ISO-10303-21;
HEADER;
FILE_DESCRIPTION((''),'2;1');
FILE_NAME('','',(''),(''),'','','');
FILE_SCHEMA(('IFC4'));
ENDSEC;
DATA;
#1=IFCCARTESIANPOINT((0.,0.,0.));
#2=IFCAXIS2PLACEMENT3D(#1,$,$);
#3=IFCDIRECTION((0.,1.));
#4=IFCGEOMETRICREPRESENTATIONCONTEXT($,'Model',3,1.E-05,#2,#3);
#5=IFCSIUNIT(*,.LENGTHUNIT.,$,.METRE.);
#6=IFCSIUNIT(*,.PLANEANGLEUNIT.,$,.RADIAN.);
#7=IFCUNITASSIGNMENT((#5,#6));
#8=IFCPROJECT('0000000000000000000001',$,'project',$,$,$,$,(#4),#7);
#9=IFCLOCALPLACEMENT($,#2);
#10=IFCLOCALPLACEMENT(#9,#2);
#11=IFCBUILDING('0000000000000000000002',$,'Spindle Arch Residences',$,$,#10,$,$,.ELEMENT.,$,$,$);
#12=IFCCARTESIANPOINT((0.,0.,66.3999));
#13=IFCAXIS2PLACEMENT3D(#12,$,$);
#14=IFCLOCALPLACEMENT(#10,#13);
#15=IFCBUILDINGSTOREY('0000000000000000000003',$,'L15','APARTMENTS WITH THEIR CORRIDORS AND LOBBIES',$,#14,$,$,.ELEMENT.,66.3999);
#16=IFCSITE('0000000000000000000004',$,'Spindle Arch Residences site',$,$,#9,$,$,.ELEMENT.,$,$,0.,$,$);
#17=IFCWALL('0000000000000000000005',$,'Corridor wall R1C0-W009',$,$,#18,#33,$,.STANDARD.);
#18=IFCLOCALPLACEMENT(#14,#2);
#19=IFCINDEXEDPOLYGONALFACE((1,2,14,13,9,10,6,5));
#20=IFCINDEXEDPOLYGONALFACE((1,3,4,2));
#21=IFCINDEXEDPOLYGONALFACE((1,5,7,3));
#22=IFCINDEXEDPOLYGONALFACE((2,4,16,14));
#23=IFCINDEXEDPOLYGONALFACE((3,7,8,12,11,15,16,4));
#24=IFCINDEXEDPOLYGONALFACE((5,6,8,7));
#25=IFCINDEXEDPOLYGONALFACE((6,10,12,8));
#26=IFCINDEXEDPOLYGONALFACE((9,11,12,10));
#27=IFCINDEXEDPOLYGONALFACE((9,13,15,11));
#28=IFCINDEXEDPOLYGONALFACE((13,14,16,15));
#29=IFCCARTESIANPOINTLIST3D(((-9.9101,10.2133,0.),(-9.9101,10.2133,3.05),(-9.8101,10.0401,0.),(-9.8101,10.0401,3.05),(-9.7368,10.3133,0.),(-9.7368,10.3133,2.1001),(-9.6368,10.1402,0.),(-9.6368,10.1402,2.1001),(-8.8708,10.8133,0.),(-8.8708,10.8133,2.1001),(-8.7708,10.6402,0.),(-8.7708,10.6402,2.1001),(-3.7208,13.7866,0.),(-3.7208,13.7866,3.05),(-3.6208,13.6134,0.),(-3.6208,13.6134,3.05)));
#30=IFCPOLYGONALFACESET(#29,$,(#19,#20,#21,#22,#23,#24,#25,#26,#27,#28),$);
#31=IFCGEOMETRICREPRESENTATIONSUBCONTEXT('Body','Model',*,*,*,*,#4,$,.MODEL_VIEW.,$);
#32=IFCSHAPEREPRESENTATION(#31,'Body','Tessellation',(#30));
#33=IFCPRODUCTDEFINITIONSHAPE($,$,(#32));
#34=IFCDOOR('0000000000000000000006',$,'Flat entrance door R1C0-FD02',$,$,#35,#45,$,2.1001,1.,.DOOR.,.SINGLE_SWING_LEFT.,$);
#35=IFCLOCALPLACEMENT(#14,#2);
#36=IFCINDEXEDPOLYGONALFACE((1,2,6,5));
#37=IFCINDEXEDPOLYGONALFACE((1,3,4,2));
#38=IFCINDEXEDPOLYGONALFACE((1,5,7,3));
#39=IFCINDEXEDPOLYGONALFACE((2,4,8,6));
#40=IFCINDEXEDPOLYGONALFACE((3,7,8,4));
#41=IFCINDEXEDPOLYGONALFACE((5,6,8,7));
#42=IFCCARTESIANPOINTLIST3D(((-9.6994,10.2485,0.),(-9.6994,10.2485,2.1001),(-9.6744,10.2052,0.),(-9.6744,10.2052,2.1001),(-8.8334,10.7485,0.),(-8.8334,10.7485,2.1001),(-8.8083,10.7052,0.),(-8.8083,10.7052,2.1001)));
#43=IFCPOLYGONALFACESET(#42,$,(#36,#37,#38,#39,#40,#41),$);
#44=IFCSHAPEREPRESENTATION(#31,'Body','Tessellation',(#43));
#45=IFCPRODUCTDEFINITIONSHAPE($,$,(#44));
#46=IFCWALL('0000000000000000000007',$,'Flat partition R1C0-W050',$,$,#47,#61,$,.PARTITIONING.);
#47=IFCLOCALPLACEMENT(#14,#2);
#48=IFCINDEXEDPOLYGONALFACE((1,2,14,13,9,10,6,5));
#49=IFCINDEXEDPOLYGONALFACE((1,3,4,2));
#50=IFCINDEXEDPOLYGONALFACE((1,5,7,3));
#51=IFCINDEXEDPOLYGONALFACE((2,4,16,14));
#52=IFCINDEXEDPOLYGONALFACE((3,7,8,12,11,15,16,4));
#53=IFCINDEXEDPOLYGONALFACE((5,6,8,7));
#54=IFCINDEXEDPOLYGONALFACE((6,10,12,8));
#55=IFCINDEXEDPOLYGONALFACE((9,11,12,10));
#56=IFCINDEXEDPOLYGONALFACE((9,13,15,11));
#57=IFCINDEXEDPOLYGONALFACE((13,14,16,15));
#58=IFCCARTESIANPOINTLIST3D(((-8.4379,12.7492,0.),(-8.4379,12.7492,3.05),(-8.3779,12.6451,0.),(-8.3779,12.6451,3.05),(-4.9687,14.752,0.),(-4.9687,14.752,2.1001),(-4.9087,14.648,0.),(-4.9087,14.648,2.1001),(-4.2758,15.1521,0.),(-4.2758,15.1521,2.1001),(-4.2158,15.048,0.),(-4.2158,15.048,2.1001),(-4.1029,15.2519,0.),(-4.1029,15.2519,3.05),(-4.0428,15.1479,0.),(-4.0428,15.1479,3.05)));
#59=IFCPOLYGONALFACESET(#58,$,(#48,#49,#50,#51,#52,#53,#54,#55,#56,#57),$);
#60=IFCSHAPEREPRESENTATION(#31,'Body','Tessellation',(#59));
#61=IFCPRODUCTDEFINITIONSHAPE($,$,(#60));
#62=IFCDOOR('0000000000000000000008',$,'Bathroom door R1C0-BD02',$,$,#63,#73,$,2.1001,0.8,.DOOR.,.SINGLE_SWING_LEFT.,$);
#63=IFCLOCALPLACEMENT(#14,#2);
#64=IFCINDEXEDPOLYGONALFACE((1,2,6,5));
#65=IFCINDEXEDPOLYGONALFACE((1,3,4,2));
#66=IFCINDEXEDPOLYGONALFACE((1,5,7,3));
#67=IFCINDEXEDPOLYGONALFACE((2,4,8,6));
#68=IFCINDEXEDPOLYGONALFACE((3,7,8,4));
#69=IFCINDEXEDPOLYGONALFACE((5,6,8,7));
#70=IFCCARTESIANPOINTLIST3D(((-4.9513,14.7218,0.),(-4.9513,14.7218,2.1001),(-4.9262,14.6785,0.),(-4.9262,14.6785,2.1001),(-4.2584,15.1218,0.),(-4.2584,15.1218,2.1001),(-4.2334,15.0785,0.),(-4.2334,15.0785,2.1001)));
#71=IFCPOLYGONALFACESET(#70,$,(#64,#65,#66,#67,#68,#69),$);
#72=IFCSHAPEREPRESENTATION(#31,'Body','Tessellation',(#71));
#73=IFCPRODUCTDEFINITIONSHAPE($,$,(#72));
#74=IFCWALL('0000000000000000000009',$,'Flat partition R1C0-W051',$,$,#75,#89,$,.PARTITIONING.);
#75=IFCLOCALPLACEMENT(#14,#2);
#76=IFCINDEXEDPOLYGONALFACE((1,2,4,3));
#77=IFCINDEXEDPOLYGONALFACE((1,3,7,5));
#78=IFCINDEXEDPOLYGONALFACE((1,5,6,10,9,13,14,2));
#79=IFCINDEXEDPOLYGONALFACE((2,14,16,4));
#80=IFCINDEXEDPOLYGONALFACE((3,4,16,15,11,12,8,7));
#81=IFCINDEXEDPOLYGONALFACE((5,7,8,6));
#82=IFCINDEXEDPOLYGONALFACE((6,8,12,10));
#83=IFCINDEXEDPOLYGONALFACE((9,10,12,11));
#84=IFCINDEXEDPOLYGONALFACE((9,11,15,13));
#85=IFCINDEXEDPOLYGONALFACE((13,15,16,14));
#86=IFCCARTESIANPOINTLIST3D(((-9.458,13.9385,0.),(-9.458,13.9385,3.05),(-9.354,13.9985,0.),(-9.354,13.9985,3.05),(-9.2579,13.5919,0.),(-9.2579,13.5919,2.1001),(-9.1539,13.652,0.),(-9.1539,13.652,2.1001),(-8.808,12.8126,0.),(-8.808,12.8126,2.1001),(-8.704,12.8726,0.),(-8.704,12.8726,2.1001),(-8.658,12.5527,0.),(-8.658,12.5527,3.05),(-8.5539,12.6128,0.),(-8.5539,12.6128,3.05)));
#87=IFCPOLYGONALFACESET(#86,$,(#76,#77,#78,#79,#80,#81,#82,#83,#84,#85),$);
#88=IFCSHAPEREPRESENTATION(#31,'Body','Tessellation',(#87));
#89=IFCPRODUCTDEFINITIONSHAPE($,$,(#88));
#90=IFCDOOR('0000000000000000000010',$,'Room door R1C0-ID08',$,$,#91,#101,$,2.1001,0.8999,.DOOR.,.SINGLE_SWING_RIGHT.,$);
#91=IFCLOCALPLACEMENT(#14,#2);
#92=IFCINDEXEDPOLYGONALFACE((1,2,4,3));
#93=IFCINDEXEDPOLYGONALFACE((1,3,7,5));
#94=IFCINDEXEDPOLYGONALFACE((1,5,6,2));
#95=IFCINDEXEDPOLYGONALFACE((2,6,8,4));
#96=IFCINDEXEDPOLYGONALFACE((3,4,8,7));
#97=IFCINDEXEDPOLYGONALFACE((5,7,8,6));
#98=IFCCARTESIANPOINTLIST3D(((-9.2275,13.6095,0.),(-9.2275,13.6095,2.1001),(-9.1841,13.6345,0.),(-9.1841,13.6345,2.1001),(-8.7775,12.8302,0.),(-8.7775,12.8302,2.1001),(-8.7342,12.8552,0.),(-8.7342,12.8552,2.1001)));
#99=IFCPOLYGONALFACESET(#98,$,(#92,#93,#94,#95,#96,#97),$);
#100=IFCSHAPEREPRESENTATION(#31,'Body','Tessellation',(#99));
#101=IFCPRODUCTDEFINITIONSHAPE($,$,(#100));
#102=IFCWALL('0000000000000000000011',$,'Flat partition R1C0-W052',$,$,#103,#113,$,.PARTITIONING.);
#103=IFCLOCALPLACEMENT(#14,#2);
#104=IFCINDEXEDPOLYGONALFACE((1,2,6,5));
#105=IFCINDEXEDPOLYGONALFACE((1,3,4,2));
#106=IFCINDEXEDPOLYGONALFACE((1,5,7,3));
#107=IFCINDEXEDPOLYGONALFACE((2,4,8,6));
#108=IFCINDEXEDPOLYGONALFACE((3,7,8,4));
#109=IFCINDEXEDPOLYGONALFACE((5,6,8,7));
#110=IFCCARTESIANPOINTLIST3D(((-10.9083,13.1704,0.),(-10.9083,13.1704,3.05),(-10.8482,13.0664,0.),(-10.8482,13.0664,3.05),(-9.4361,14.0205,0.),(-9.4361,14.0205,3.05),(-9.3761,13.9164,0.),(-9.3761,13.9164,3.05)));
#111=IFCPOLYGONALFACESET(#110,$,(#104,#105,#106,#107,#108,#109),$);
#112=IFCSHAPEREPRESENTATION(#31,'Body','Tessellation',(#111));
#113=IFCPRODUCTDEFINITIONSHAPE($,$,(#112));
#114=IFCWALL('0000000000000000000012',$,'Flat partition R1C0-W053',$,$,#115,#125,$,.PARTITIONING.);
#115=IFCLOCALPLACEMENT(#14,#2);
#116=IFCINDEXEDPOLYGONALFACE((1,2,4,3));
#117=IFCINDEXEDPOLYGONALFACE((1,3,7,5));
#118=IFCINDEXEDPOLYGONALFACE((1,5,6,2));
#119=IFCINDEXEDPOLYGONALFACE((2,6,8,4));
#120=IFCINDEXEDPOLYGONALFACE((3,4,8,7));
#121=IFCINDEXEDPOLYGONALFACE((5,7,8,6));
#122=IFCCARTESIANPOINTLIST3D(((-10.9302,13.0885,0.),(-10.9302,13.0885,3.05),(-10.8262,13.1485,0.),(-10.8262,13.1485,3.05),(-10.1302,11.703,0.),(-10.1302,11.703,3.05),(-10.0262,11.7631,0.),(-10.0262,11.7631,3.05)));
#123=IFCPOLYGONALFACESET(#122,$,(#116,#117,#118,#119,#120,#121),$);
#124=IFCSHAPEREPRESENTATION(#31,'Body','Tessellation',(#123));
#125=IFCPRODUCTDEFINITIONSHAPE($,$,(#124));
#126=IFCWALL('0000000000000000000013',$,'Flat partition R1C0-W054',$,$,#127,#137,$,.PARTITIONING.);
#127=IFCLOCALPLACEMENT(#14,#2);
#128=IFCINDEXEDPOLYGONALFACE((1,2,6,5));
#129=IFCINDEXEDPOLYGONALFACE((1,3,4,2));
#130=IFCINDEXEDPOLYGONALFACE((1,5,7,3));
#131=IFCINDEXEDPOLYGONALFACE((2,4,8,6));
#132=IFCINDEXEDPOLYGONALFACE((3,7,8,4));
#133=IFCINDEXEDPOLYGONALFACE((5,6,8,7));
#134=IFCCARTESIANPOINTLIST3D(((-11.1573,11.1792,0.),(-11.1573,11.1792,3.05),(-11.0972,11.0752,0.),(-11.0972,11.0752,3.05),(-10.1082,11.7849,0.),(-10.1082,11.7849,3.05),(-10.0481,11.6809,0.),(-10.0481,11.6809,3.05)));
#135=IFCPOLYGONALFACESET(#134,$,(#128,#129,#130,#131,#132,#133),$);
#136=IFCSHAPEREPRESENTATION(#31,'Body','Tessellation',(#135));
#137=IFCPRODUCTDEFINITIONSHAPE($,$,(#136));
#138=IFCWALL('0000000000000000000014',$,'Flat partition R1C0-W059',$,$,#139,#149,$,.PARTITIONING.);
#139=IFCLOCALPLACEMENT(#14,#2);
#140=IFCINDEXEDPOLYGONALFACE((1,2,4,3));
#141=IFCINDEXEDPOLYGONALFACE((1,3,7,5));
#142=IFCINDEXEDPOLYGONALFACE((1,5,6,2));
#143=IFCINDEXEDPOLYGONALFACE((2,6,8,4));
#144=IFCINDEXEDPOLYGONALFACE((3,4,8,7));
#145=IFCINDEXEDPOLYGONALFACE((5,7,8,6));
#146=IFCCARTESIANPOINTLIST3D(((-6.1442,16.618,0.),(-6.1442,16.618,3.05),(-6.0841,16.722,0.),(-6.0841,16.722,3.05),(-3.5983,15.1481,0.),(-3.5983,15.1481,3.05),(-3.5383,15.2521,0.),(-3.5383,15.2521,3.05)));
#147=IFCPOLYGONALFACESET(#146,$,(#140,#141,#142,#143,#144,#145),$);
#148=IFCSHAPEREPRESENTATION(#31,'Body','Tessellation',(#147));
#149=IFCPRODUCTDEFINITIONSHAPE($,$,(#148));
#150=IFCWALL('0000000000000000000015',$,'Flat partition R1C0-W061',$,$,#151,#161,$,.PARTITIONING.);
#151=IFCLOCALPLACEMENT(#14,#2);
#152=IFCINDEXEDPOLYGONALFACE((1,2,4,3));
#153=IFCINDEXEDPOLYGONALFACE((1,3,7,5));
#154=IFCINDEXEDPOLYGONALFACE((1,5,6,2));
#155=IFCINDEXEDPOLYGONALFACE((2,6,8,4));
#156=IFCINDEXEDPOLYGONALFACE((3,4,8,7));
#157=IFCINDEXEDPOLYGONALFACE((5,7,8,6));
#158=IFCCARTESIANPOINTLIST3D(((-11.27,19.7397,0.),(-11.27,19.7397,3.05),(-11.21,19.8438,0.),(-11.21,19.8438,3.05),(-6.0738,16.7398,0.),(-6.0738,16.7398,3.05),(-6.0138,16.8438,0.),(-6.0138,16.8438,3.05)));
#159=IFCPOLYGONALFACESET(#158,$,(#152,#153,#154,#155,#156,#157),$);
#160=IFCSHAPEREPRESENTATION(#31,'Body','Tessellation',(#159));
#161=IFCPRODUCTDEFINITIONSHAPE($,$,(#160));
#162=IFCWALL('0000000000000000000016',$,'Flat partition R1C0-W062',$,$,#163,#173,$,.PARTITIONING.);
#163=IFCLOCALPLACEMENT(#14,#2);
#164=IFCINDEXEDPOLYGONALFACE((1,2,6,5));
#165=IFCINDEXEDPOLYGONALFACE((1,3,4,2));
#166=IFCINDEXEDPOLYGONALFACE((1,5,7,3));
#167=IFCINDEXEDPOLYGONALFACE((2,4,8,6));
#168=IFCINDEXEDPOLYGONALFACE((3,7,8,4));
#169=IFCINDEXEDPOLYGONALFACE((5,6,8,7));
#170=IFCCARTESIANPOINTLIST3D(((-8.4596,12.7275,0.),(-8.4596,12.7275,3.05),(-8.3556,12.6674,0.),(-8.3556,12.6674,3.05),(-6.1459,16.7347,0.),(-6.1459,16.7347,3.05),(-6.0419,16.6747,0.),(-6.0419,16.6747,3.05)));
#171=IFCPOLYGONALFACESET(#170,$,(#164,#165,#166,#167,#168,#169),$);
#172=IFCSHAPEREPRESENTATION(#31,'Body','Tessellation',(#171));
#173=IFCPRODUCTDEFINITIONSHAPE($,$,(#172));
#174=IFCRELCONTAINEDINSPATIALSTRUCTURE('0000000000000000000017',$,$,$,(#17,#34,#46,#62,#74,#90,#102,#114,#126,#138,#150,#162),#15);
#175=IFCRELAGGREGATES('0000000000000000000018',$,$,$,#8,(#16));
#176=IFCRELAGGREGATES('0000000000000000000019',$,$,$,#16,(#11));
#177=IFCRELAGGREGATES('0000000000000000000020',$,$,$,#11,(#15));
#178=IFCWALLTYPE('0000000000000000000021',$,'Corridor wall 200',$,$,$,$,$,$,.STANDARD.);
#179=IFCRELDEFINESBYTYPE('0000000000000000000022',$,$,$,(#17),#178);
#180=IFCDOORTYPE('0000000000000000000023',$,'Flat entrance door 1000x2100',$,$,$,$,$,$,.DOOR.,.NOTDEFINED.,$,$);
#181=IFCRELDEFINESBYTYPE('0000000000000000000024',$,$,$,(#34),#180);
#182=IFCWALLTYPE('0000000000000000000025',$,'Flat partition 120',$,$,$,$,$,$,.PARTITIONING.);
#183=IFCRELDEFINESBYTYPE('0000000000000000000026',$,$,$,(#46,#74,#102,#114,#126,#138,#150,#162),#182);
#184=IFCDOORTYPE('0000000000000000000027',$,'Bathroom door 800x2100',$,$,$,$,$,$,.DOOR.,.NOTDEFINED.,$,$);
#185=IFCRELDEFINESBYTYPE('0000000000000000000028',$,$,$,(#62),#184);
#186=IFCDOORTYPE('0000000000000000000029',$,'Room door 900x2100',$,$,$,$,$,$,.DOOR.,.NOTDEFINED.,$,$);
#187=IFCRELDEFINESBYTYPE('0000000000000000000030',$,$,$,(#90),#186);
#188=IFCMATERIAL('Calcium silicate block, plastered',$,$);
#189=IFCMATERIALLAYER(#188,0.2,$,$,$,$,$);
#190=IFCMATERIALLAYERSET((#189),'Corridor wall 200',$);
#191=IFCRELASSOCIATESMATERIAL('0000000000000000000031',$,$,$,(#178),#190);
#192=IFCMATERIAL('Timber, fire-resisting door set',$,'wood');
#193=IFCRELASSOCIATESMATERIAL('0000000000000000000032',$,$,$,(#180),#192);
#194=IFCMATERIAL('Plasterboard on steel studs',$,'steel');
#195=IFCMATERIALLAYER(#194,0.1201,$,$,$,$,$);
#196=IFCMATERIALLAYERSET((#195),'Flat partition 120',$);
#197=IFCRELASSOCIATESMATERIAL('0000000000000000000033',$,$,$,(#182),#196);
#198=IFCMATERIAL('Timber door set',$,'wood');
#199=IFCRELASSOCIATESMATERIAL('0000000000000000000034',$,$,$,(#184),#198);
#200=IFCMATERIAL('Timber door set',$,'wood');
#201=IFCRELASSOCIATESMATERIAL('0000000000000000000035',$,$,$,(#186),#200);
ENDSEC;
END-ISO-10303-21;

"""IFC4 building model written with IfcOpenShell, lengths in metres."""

from ifc_helpers import new_model, si_unit, direction, frame, frame_2d, origin, place, context, subcontext, project, spatial, rectangle, extrude, material, layer, layer_set, type_object, element, fill, save


model = new_model("IFC4")

# Units and contexts
model_context = context("Model", 3, precision=1e-05, world=origin(), true_north=direction((0.0, 1.0)))
body_context = subcontext(model_context, "Body", "Model", "MODEL_VIEW")
ifc_project = project(units=[si_unit("LENGTHUNIT", "METRE"), si_unit("PLANEANGLEUNIT", "RADIAN")], contexts=[model_context])

# Site, building, storey
site_placement = place(None, origin())
site = spatial("IfcSite", under=ifc_project, at=site_placement, Name="Spindle Arch Residences site", CompositionType="ELEMENT", RefElevation=0.0)
building_placement = place(site_placement, origin())
building = spatial("IfcBuilding", under=site, at=building_placement, Name="Spindle Arch Residences", CompositionType="ELEMENT")
storey_placement = place(building_placement, frame((0.0, 0.0, 66.3999)))
storey = spatial("IfcBuildingStorey", under=building, at=storey_placement, Name="L15", Description="APARTMENTS WITH THEIR CORRIDORS AND LOBBIES", CompositionType="ELEMENT", Elevation=66.3999)

# Walls, openings, doors
ifc_material_1 = material(Name="Calcium silicate block, plastered")
ifc_layer_1 = layer(ifc_material_1, 0.2)
ifc_layer_set_1 = layer_set([ifc_layer_1], Name="Corridor wall 200")
wall_type_1 = type_object("IfcWallType", Name="Corridor wall 200", PredefinedType="STANDARD", material=ifc_layer_set_1)
wall_1_placement = place(storey_placement, frame((-3.6709, 13.7, 0.0), z_axis=(0.0, 0.0, 1.0), x_axis=(-0.866031, -0.49999, 0.0)))
wall_1 = element("IfcWall", 1, at=wall_1_placement, inside=storey, type_object=wall_type_1, Name="Corridor wall R1C0-W009", PredefinedType="STANDARD", context=body_context, shape_type="SweptSolid", body=[
    extrude(rectangle(XDim=7.1467, YDim=0.2, at=frame_2d((3.5732, 0.0))), origin(), (0.0, 0.0, 1.0), 3.05),
])
opening_1_placement = place(wall_1_placement, frame((5.9465, 0.0, 0.0)))
opening_1 = element("IfcOpeningElement", 2, at=opening_1_placement, cuts=wall_1, PredefinedType="OPENING", context=body_context, shape_type="SweptSolid", body=[
    extrude(rectangle(XDim=1.0, YDim=2.1001, at=frame_2d((0.5, 1.05))), frame((0.0, 0.1099, 0.0), z_axis=(0.0, -1.0, 0.0), x_axis=(1.0, 0.0, 0.0)), (0.0, 0.0, 1.0), 0.22),
])
ifc_material_2 = material(Name="Timber, fire-resisting door set", Category="wood")
door_type_1 = type_object("IfcDoorType", Name="Flat entrance door 1000x2100", OperationType="NOTDEFINED", PredefinedType="DOOR", material=ifc_material_2)
door_1_placement = place(opening_1_placement, origin())
door_1 = element("IfcDoor", 3, at=door_1_placement, inside=storey, type_object=door_type_1, Name="Flat entrance door R1C0-FD02", OperationType="SINGLE_SWING_LEFT", OverallHeight=2.1001, OverallWidth=1.0, PredefinedType="DOOR", context=body_context, shape_type="SweptSolid", body=[
    extrude(rectangle(XDim=1.0, YDim=2.1001, at=frame_2d((0.5, 1.05))), frame((0.0, 0.0249, 0.0), z_axis=(0.0, -1.0, 0.0), x_axis=(1.0, 0.0, 0.0)), (0.0, 0.0, 1.0), 0.05),
])
fill(opening_1, door_1)
ifc_material_3 = material(Name="Plasterboard on steel studs", Category="steel")
ifc_layer_2 = layer(ifc_material_3, 0.1201)
ifc_layer_set_2 = layer_set([ifc_layer_2], Name="Flat partition 120")
wall_type_2 = type_object("IfcWallType", Name="Flat partition 120", PredefinedType="PARTITIONING", material=ifc_layer_set_2)
wall_2_placement = place(storey_placement, frame((-4.0728, 15.2, 0.0), z_axis=(0.0, 0.0, 1.0), x_axis=(-0.866035, -0.499984, 0.0)))
wall_2 = element("IfcWall", 4, at=wall_2_placement, inside=storey, type_object=wall_type_2, Name="Flat partition R1C0-W050", PredefinedType="PARTITIONING", context=body_context, shape_type="SweptSolid", body=[
    extrude(rectangle(XDim=5.0056, YDim=0.1201, at=frame_2d((2.5029, 0.0))), origin(), (0.0, 0.0, 1.0), 3.05),
])
opening_2_placement = place(wall_2_placement, frame((0.2, 0.0, 0.0)))
opening_2 = element("IfcOpeningElement", 5, at=opening_2_placement, cuts=wall_2, PredefinedType="OPENING", context=body_context, shape_type="SweptSolid", body=[
    extrude(rectangle(XDim=0.8, YDim=2.1001, at=frame_2d((0.3999, 1.05))), frame((0.0, 0.0701, 0.0), z_axis=(0.0, -1.0, 0.0), x_axis=(1.0, 0.0, 0.0)), (0.0, 0.0, 1.0), 0.1401),
])
ifc_material_4 = material(Name="Timber door set", Category="wood")
door_type_2 = type_object("IfcDoorType", Name="Bathroom door 800x2100", OperationType="NOTDEFINED", PredefinedType="DOOR", material=ifc_material_4)
door_2_placement = place(opening_2_placement, origin())
door_2 = element("IfcDoor", 6, at=door_2_placement, inside=storey, type_object=door_type_2, Name="Bathroom door R1C0-BD02", OperationType="SINGLE_SWING_LEFT", OverallHeight=2.1001, OverallWidth=0.8, PredefinedType="DOOR", context=body_context, shape_type="SweptSolid", body=[
    extrude(rectangle(XDim=0.8, YDim=2.1001, at=frame_2d((0.3999, 1.05))), frame((0.0, 0.0249, 0.0), z_axis=(0.0, -1.0, 0.0), x_axis=(1.0, 0.0, 0.0)), (0.0, 0.0, 1.0), 0.05),
])
fill(opening_2, door_2)
wall_3_placement = place(storey_placement, frame((-8.606, 12.5828, 0.0), z_axis=(0.0, 0.0, 1.0), x_axis=(-0.499995, 0.866028, 0.0)))
wall_3 = element("IfcWall", 7, at=wall_3_placement, inside=storey, type_object=wall_type_2, Name="Flat partition R1C0-W051", PredefinedType="PARTITIONING", context=body_context, shape_type="SweptSolid", body=[
    extrude(rectangle(XDim=1.6001, YDim=0.1201, at=frame_2d((0.8, 0.0))), origin(), (0.0, 0.0, 1.0), 3.05),
])
opening_3_placement = place(wall_3_placement, frame((0.3, 0.0, 0.0)))
opening_3 = element("IfcOpeningElement", 8, at=opening_3_placement, cuts=wall_3, PredefinedType="OPENING", context=body_context, shape_type="SweptSolid", body=[
    extrude(rectangle(XDim=0.8999, YDim=2.1001, at=frame_2d((0.45, 1.05))), frame((0.0, 0.0701, 0.0), z_axis=(0.0, -1.0, 0.0), x_axis=(1.0, 0.0, 0.0)), (0.0, 0.0, 1.0), 0.1401),
])
ifc_material_5 = material(Name="Timber door set", Category="wood")
door_type_3 = type_object("IfcDoorType", Name="Room door 900x2100", OperationType="NOTDEFINED", PredefinedType="DOOR", material=ifc_material_5)
door_3_placement = place(opening_3_placement, origin())
door_3 = element("IfcDoor", 9, at=door_3_placement, inside=storey, type_object=door_type_3, Name="Room door R1C0-ID08", OperationType="SINGLE_SWING_RIGHT", OverallHeight=2.1001, OverallWidth=0.8999, PredefinedType="DOOR", context=body_context, shape_type="SweptSolid", body=[
    extrude(rectangle(XDim=0.8999, YDim=2.1001, at=frame_2d((0.45, 1.05))), frame((0.0, 0.0249, 0.0), z_axis=(0.0, -1.0, 0.0), x_axis=(1.0, 0.0, 0.0)), (0.0, 0.0, 1.0), 0.05),
])
fill(opening_3, door_3)

# Walls
wall_4_placement = place(storey_placement, frame((-9.406, 13.9685, 0.0), z_axis=(0.0, 0.0, 1.0), x_axis=(-0.865989, -0.500062, 0.0)))
element("IfcWall", 10, at=wall_4_placement, inside=storey, type_object=wall_type_2, Name="Flat partition R1C0-W052", PredefinedType="PARTITIONING", context=body_context, shape_type="SweptSolid", body=[
    extrude(rectangle(XDim=1.7, YDim=0.1201, at=frame_2d((0.8501, 0.0))), origin(), (0.0, 0.0, 1.0), 3.05),
])
wall_5_placement = place(storey_placement, frame((-10.8782, 13.1184, 0.0), z_axis=(0.0, 0.0, 1.0), x_axis=(0.500061, -0.86599, 0.0)))
element("IfcWall", 11, at=wall_5_placement, inside=storey, type_object=wall_type_2, Name="Flat partition R1C0-W053", PredefinedType="PARTITIONING", context=body_context, shape_type="SweptSolid", body=[
    extrude(rectangle(XDim=1.5999, YDim=0.1201, at=frame_2d((0.7998, 0.0))), origin(), (0.0, 0.0, 1.0), 3.05),
])
wall_6_placement = place(storey_placement, frame((-10.0781, 11.7329, 0.0), z_axis=(0.0, 0.0, 1.0), x_axis=(-0.866014, -0.500019, 0.0)))
element("IfcWall", 12, at=wall_6_placement, inside=storey, type_object=wall_type_2, Name="Flat partition R1C0-W054", PredefinedType="PARTITIONING", context=body_context, shape_type="SweptSolid", body=[
    extrude(rectangle(XDim=1.2114, YDim=0.1201, at=frame_2d((0.6057, 0.0))), origin(), (0.0, 0.0, 1.0), 3.05),
])
wall_7_placement = place(storey_placement, frame((-6.114, 16.6699, 0.0), z_axis=(0.0, 0.0, 1.0), x_axis=(0.866011, -0.500024, 0.0)))
element("IfcWall", 13, at=wall_7_placement, inside=storey, type_object=wall_type_2, Name="Flat partition R1C0-W059", PredefinedType="PARTITIONING", context=body_context, shape_type="SweptSolid", body=[
    extrude(rectangle(XDim=2.9397, YDim=0.1201, at=frame_2d((1.4697, 0.0))), origin(), (0.0, 0.0, 1.0), 3.05),
])
wall_8_placement = place(storey_placement, frame((-11.24, 19.7917, 0.0), z_axis=(0.0, 0.0, 1.0), x_axis=(0.866031, -0.49999, 0.0)))
element("IfcWall", 14, at=wall_8_placement, inside=storey, type_object=wall_type_2, Name="Flat partition R1C0-W061", PredefinedType="PARTITIONING", context=body_context, shape_type="SweptSolid", body=[
    extrude(rectangle(XDim=6.0, YDim=0.1201, at=frame_2d((3.0, 0.0))), origin(), (0.0, 0.0, 1.0), 3.05),
])
wall_9_placement = place(storey_placement, frame((-6.094, 16.7046, 0.0), z_axis=(0.0, 0.0, 1.0), x_axis=(-0.500015, -0.866017, 0.0)))
element("IfcWall", 15, at=wall_9_placement, inside=storey, type_object=wall_type_2, Name="Flat partition R1C0-W062", PredefinedType="PARTITIONING", context=body_context, shape_type="SweptSolid", body=[
    extrude(rectangle(XDim=4.6272, YDim=0.1201, at=frame_2d((2.3135, 0.0))), origin(), (0.0, 0.0, 1.0), 3.05),
])

save(model, "model.ifc")
